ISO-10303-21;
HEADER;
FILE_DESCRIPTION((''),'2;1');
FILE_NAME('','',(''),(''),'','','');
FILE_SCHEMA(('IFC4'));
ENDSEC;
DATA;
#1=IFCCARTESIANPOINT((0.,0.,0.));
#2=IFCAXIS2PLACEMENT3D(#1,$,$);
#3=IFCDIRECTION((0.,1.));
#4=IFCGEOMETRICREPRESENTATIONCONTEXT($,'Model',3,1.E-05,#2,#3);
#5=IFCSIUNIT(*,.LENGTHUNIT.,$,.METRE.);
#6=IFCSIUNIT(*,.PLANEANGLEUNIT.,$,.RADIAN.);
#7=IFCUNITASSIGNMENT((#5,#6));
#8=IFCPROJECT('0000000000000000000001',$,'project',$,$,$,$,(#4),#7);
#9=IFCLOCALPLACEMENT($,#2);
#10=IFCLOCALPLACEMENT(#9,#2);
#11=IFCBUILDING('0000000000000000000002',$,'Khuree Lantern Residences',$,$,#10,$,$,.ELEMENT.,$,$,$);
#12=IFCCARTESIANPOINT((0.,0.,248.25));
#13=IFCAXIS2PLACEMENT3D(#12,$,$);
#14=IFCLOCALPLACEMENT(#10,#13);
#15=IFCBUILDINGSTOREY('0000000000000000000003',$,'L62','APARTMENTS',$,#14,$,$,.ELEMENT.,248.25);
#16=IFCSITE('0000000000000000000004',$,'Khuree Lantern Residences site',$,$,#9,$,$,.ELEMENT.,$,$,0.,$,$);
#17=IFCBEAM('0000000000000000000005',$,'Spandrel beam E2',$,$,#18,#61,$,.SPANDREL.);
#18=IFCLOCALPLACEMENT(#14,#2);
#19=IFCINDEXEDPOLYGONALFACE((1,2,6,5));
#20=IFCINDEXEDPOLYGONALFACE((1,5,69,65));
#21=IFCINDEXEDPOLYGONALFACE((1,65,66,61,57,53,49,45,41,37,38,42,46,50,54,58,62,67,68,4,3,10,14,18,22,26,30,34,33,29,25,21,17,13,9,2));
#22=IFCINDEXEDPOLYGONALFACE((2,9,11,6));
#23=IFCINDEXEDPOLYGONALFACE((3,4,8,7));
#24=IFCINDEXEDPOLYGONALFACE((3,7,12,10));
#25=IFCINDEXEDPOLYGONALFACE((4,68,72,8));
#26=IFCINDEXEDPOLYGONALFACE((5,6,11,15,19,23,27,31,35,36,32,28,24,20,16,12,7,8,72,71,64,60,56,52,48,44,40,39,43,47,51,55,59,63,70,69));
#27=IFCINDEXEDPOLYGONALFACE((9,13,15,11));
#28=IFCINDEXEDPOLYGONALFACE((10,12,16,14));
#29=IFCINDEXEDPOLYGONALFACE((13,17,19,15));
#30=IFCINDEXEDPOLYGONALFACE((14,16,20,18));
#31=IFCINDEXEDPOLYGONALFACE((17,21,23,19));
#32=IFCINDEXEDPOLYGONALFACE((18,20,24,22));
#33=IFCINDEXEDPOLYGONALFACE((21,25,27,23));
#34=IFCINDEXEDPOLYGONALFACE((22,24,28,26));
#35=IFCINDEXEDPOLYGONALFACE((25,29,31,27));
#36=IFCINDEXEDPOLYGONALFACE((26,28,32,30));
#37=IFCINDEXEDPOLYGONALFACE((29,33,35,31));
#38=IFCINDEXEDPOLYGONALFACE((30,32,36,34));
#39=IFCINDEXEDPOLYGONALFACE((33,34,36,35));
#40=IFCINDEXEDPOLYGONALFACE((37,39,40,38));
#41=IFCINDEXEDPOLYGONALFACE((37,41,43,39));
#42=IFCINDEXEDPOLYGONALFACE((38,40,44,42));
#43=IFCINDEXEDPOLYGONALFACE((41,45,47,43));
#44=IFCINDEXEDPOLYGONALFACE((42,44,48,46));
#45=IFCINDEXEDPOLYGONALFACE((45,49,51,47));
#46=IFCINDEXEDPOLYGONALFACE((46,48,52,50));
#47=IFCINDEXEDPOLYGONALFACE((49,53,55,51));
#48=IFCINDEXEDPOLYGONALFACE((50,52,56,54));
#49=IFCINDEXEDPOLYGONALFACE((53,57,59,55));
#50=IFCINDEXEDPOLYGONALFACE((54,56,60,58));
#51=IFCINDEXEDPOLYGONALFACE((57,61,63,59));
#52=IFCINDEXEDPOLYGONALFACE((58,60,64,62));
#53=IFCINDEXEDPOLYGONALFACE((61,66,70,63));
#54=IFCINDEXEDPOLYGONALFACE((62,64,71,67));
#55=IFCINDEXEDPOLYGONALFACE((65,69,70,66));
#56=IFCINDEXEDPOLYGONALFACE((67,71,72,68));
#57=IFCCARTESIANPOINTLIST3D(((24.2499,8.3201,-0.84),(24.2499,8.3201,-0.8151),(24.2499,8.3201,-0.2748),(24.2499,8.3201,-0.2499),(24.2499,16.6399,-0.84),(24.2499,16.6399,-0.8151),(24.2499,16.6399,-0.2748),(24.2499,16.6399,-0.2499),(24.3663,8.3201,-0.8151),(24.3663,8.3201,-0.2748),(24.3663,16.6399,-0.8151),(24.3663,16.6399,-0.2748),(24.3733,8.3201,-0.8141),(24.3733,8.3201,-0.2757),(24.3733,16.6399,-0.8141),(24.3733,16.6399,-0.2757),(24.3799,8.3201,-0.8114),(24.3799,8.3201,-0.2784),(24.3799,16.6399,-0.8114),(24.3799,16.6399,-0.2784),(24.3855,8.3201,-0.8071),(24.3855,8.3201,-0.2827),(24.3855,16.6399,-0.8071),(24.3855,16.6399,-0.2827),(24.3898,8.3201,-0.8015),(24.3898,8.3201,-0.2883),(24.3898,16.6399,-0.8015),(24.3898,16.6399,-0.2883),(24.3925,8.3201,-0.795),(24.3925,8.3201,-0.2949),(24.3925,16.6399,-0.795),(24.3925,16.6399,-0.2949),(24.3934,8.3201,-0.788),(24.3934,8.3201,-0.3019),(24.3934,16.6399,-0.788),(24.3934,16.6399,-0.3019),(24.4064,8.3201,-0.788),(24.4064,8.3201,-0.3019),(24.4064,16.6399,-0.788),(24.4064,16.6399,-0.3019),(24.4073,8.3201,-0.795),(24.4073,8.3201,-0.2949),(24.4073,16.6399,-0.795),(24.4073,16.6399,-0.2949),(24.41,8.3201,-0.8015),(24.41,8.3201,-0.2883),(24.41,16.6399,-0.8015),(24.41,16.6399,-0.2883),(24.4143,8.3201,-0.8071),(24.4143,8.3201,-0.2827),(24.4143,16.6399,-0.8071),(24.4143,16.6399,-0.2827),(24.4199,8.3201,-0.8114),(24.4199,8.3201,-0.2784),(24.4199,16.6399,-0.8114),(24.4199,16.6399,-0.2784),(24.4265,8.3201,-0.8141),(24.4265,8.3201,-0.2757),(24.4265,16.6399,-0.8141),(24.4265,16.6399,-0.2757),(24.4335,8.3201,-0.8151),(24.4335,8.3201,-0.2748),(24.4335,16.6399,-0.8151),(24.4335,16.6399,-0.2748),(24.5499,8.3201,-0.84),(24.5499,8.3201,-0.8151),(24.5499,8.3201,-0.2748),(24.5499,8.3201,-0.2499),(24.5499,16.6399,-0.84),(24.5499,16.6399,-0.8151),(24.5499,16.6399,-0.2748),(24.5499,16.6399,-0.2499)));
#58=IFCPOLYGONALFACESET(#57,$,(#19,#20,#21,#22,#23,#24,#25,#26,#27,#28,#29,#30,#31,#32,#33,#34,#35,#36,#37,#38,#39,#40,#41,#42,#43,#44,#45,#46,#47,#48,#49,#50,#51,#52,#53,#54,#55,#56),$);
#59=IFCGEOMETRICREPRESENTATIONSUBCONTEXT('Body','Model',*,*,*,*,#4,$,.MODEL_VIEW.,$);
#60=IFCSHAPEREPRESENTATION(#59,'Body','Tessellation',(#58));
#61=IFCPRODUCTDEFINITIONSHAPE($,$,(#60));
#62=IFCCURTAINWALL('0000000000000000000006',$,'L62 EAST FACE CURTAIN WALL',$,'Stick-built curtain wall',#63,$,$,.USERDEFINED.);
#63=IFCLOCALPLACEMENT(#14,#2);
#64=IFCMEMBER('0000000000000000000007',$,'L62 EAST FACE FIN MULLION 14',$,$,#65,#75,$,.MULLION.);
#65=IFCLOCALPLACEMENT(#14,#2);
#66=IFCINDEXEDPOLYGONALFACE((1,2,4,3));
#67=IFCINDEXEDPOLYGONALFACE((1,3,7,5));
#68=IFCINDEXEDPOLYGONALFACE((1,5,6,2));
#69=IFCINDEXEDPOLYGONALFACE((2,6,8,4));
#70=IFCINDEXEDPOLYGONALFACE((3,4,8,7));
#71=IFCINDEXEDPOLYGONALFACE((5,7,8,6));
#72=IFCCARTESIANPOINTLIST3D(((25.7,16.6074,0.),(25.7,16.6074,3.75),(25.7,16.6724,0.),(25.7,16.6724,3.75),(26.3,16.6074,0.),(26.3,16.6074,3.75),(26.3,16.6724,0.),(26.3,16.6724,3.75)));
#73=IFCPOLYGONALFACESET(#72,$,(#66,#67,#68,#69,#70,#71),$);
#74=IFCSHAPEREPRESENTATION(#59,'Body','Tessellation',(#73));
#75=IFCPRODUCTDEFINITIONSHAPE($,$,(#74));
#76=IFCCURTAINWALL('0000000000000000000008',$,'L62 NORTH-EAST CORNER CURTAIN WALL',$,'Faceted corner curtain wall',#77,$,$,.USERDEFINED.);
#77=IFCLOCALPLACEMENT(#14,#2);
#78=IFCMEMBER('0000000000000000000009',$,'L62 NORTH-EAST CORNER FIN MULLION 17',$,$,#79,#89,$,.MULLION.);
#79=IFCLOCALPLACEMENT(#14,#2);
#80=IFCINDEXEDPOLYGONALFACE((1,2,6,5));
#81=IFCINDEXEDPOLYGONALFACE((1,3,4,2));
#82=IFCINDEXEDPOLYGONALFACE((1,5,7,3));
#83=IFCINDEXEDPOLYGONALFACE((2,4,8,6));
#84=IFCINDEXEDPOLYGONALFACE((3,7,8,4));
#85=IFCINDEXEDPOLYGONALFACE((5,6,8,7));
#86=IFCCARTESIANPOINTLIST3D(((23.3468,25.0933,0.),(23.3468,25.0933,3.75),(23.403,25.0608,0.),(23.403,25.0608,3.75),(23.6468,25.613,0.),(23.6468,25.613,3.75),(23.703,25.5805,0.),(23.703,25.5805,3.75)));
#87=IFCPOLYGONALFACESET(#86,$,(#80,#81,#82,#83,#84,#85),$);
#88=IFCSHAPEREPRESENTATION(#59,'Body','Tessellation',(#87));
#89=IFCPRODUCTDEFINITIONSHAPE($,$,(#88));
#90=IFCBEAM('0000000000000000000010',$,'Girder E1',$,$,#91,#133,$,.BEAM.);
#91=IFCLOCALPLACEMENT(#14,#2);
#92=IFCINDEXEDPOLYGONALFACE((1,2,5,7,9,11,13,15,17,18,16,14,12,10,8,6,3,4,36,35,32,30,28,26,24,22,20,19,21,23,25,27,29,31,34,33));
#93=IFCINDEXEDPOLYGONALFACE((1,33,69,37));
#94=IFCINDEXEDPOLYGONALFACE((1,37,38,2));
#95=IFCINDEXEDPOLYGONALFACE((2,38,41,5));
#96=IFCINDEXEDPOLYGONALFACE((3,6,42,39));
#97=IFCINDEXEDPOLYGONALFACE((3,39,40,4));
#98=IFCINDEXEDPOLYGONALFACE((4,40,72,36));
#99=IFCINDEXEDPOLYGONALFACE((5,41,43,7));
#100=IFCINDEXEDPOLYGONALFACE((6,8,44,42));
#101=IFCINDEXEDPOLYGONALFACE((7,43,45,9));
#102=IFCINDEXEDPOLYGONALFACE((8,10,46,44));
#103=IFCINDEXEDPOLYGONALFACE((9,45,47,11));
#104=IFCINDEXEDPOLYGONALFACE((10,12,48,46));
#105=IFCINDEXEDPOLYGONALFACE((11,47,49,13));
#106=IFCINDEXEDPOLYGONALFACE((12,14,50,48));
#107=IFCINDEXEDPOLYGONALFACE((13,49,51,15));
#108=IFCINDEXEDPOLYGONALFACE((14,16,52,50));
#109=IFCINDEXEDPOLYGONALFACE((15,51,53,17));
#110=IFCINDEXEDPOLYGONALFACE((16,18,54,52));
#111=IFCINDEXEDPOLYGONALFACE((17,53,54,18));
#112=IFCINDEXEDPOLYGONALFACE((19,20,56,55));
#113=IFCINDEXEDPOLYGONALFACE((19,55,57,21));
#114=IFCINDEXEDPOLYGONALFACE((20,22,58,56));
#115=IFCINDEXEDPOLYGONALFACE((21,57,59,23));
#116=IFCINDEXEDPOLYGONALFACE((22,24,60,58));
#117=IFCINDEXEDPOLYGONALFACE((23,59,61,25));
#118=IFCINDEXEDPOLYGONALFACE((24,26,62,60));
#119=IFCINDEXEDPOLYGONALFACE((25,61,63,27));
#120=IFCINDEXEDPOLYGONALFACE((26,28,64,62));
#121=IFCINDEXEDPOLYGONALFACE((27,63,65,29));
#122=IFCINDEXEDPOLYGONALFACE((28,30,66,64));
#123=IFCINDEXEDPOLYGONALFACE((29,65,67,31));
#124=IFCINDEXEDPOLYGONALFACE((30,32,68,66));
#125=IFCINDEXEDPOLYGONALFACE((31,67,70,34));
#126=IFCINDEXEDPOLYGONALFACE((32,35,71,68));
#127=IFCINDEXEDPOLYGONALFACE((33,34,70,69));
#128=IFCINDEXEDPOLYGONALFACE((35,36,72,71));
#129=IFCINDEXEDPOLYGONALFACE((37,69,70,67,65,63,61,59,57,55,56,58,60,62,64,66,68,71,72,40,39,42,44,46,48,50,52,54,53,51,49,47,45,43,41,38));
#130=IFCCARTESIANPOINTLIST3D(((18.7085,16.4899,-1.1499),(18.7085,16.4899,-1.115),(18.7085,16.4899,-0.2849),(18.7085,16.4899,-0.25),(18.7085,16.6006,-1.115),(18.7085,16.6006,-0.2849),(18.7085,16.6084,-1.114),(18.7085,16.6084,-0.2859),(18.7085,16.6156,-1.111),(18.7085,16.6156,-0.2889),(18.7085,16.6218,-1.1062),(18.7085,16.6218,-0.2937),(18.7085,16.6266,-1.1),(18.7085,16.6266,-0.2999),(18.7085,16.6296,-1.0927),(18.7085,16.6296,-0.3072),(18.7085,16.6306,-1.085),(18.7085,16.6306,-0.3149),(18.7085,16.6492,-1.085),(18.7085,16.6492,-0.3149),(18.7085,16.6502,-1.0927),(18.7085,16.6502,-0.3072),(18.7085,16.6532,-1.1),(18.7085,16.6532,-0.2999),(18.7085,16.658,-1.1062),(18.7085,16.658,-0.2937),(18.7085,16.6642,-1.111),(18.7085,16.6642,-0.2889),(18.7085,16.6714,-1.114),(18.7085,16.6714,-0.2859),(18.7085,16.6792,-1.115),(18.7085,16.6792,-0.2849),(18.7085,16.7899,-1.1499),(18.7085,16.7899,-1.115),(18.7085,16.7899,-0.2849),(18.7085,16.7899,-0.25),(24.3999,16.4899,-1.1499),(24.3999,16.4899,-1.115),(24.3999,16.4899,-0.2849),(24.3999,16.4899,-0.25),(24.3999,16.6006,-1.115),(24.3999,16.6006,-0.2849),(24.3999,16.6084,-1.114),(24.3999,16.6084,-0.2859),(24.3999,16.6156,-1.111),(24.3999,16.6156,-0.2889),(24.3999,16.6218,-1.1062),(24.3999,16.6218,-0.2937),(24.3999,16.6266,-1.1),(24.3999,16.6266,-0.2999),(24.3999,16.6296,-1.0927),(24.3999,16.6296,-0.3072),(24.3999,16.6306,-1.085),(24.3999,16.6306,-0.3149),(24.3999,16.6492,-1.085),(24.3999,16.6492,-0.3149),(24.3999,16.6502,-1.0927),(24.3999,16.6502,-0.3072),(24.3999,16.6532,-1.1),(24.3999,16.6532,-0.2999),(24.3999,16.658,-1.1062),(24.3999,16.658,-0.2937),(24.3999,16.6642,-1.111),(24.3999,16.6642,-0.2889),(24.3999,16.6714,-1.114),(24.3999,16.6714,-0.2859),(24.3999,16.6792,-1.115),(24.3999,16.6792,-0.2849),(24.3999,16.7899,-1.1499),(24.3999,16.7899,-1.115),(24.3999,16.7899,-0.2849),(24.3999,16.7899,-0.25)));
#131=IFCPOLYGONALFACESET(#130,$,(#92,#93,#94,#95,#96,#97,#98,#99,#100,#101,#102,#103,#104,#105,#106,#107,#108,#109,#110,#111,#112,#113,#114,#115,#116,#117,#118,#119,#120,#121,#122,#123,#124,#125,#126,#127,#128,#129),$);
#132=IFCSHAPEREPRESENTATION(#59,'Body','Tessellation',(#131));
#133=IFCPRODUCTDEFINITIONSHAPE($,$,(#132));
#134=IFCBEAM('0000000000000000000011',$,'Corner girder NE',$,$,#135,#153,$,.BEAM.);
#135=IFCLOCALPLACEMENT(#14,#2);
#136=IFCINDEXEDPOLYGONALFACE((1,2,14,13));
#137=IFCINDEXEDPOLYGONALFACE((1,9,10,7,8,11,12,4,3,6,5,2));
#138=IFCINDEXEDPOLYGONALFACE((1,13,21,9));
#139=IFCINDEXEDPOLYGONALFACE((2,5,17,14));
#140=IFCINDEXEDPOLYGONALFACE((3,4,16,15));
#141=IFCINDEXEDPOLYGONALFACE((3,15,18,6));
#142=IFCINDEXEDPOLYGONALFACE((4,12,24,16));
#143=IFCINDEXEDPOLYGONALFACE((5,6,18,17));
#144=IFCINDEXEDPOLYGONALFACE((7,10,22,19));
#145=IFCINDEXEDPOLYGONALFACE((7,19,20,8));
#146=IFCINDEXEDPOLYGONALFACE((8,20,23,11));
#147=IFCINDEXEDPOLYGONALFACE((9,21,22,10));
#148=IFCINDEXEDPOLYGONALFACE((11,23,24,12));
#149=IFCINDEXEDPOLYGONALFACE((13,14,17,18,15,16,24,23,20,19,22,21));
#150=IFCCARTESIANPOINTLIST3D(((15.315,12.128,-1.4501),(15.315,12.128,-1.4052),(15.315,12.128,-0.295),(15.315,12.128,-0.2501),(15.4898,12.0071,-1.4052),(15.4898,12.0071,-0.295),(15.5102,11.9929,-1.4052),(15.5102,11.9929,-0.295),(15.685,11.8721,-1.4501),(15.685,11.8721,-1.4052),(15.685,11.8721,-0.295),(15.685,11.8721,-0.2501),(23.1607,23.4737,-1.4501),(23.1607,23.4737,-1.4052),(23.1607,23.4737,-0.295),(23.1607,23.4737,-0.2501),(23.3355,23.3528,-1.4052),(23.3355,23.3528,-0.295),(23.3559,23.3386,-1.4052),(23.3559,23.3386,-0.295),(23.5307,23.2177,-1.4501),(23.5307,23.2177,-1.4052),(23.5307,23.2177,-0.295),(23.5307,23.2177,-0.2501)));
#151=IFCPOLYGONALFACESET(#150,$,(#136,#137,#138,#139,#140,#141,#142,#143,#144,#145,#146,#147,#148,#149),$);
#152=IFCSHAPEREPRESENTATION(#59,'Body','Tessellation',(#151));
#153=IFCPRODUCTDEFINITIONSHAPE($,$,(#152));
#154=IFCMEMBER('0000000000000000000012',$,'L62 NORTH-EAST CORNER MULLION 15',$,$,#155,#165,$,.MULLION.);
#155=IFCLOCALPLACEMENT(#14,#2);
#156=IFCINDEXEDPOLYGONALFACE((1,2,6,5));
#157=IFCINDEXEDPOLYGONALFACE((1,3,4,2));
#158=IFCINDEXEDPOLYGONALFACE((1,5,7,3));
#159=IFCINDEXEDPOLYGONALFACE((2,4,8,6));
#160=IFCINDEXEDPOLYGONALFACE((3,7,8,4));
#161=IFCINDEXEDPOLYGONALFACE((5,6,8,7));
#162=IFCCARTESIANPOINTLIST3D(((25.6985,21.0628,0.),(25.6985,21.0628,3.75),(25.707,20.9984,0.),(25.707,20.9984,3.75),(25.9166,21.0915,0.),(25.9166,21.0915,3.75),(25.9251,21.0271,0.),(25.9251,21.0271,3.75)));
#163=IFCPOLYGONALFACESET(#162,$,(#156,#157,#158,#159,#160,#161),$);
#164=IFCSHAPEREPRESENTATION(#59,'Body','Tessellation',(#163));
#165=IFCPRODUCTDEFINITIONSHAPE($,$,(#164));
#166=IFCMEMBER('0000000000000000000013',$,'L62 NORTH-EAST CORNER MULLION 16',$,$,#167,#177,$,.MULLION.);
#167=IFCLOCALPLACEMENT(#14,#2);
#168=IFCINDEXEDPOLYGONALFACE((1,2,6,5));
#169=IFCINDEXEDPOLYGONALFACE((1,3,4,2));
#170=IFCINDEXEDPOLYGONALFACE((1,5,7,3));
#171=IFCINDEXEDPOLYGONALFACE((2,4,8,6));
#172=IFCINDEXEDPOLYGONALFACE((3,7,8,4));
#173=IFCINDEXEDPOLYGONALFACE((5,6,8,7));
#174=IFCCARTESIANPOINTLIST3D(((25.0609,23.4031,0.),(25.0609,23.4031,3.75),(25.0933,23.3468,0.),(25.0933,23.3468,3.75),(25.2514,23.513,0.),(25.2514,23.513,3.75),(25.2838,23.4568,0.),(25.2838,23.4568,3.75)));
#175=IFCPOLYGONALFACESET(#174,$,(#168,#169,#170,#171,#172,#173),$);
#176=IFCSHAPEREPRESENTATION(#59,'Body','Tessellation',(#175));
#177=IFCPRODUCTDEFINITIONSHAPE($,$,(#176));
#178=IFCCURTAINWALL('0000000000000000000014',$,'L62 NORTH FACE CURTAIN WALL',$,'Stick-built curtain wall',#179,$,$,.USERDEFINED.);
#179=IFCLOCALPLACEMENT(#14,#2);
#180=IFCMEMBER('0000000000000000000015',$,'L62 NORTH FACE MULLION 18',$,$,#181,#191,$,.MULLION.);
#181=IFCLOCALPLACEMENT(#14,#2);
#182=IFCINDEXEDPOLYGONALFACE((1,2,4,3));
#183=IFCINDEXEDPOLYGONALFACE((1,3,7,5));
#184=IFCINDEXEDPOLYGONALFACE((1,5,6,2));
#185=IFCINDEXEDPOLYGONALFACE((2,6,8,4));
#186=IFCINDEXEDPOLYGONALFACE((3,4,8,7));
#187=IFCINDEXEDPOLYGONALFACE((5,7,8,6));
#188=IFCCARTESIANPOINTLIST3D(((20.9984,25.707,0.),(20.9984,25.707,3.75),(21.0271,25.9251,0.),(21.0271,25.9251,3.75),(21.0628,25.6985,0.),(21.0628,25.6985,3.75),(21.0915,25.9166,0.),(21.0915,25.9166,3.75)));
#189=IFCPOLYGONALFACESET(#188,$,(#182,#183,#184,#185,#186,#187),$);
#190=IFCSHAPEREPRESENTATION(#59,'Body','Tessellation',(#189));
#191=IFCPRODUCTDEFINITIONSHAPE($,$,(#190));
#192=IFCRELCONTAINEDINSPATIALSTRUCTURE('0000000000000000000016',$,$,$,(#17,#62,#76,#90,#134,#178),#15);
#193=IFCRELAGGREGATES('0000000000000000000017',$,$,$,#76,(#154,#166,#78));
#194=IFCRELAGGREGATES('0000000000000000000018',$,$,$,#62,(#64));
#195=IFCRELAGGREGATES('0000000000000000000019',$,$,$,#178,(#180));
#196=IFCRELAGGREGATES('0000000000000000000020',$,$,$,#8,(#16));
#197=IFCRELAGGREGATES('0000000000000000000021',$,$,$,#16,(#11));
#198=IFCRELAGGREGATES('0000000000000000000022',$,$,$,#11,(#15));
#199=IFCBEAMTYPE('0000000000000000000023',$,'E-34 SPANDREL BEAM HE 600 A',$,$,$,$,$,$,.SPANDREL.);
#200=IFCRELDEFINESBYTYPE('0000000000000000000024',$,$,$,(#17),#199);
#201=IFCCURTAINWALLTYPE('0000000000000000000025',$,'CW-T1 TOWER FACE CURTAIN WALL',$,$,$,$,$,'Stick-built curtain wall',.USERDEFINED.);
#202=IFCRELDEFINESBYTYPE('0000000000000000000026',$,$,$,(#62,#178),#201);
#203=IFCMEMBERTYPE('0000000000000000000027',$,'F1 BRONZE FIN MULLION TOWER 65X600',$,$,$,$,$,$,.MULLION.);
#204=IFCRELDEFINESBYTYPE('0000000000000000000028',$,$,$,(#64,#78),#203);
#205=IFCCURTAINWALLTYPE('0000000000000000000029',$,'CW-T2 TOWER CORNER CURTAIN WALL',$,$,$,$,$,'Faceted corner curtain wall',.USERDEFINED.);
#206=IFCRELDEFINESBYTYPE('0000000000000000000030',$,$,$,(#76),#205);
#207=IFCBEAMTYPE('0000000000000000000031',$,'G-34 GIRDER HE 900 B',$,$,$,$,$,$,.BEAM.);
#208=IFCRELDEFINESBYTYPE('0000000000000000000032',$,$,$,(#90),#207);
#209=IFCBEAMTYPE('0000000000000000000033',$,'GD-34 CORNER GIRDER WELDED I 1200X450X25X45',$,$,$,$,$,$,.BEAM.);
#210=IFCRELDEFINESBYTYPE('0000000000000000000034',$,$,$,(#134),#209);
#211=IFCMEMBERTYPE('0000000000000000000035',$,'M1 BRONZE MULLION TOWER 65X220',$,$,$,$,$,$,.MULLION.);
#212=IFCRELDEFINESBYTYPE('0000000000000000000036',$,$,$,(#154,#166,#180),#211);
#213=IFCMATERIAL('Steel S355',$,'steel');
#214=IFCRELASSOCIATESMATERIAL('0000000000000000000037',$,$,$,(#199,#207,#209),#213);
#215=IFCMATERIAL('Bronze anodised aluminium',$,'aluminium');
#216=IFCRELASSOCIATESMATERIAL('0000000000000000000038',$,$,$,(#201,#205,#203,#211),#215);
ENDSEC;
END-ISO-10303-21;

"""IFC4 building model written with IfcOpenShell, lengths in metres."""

from ifc_helpers import new_model, si_unit, direction, frame, origin, origin_2d, place, context, subcontext, project, spatial, rectangle, i_section, extrude, material, material_profile, profile_set, type_object, element, aggregate, save


model = new_model("IFC4")

# Units and contexts
model_context = context("Model", 3, precision=1e-05, world=origin(), true_north=direction((0.0, 1.0)))
body_context = subcontext(model_context, "Body", "Model", "MODEL_VIEW")
ifc_project = project(units=[si_unit("LENGTHUNIT", "METRE"), si_unit("PLANEANGLEUNIT", "RADIAN")], contexts=[model_context])

# Site, building, storey
site_placement = place(None, origin())
site = spatial("IfcSite", under=ifc_project, at=site_placement, Name="Khuree Lantern Residences site", CompositionType="ELEMENT", RefElevation=0.0)
building_placement = place(site_placement, origin())
building = spatial("IfcBuilding", under=site, at=building_placement, Name="Khuree Lantern Residences", CompositionType="ELEMENT")
storey_placement = place(building_placement, frame((0.0, 0.0, 248.25)))
storey = spatial("IfcBuildingStorey", under=building, at=storey_placement, Name="L62", Description="APARTMENTS", CompositionType="ELEMENT", Elevation=248.25)

# Beam
ifc_material_1 = material(Name="Steel S355", Category="steel")
ifc_material_profile_1 = material_profile(ifc_material_1, i_section(OverallWidth=0.3, OverallDepth=0.5901, WebThickness=0.0129, FlangeThickness=0.0249, FilletRadius=0.0271, at=origin_2d()), Name="HE 600 A")
ifc_profile_set_1 = profile_set([ifc_material_profile_1], Name="Steel S355")
beam_type_1 = type_object("IfcBeamType", Name="E-34 SPANDREL BEAM HE 600 A", PredefinedType="SPANDREL", material=ifc_profile_set_1)
beam_1_placement = place(storey_placement, frame((24.3999, 16.6399, -0.5449), z_axis=(0.0, -1.0, 0.0), x_axis=(1.0, 0.0, 0.0)))
element("IfcBeam", 1, at=beam_1_placement, inside=storey, type_object=beam_type_1, Name="Spandrel beam E2", PredefinedType="SPANDREL", context=body_context, shape_type="SweptSolid", body=[
    extrude(i_section(OverallWidth=0.3, OverallDepth=0.5901, WebThickness=0.0129, FlangeThickness=0.0249, FilletRadius=0.0271, at=origin_2d()), origin(), (0.0, 0.0, 1.0), 8.3198),
])

# Curtain walls, members
ifc_material_2 = material(Name="Bronze anodised aluminium", Category="aluminium")
curtain_wall_type_1 = type_object("IfcCurtainWallType", Name="CW-T1 TOWER FACE CURTAIN WALL", ElementType="Stick-built curtain wall", PredefinedType="USERDEFINED", material=ifc_material_2)
curtain_wall_1_placement = place(storey_placement, origin())
curtain_wall_1 = element("IfcCurtainWall", 2, at=curtain_wall_1_placement, inside=storey, type_object=curtain_wall_type_1, Name="L62 EAST FACE CURTAIN WALL", ObjectType="Stick-built curtain wall", PredefinedType="USERDEFINED")
ifc_material_profile_2 = material_profile(ifc_material_2, rectangle(XDim=0.0649, YDim=0.6001, at=origin_2d()), Name="F1 65X600")
ifc_profile_set_2 = profile_set([ifc_material_profile_2], Name="Bronze anodised aluminium")
member_type_1 = type_object("IfcMemberType", Name="F1 BRONZE FIN MULLION TOWER 65X600", PredefinedType="MULLION", material=ifc_profile_set_2)
member_1_placement = place(storey_placement, frame((26.0, 16.6399, 0.0), z_axis=(0.0, 0.0, 1.0), x_axis=(0.0, 1.0, 0.0)))
member_1 = element("IfcMember", 3, at=member_1_placement, type_object=member_type_1, Name="L62 EAST FACE FIN MULLION 14", PredefinedType="MULLION", context=body_context, shape_type="SweptSolid", body=[
    extrude(rectangle(XDim=0.0649, YDim=0.6001, at=origin_2d()), origin(), (0.0, 0.0, 1.0), 3.75),
])
curtain_wall_type_2 = type_object("IfcCurtainWallType", Name="CW-T2 TOWER CORNER CURTAIN WALL", ElementType="Faceted corner curtain wall", PredefinedType="USERDEFINED", material=ifc_material_2)
curtain_wall_2_placement = place(storey_placement, origin())
curtain_wall_2 = element("IfcCurtainWall", 4, at=curtain_wall_2_placement, inside=storey, type_object=curtain_wall_type_2, Name="L62 NORTH-EAST CORNER CURTAIN WALL", ObjectType="Faceted corner curtain wall", PredefinedType="USERDEFINED")
member_2_placement = place(storey_placement, frame((23.5249, 25.3369, 0.0), z_axis=(0.0, 0.0, 1.0), x_axis=(-0.866025, 0.5, 0.0)))
member_2 = element("IfcMember", 5, at=member_2_placement, type_object=member_type_1, Name="L62 NORTH-EAST CORNER FIN MULLION 17", PredefinedType="MULLION", context=body_context, shape_type="SweptSolid", body=[
    extrude(rectangle(XDim=0.0649, YDim=0.6001, at=origin_2d()), origin(), (0.0, 0.0, 1.0), 3.75),
])

# Beams
ifc_material_profile_3 = material_profile(ifc_material_1, i_section(OverallWidth=0.3, OverallDepth=0.8999, WebThickness=0.0186, FlangeThickness=0.0349, FilletRadius=0.03, at=origin_2d()), Name="HE 900 B")
ifc_profile_set_3 = profile_set([ifc_material_profile_3], Name="Steel S355")
beam_type_2 = type_object("IfcBeamType", Name="G-34 GIRDER HE 900 B", PredefinedType="BEAM", material=ifc_profile_set_3)
beam_2_placement = place(storey_placement, frame((24.3999, 16.6399, -0.7), z_axis=(-1.0, 0.0, 0.0), x_axis=(0.0, -1.0, 0.0)))
element("IfcBeam", 6, at=beam_2_placement, inside=storey, type_object=beam_type_2, Name="Girder E1", PredefinedType="BEAM", context=body_context, shape_type="SweptSolid", body=[
    extrude(i_section(OverallWidth=0.3, OverallDepth=0.8999, WebThickness=0.0186, FlangeThickness=0.0349, FilletRadius=0.03, at=origin_2d()), origin(), (0.0, 0.0, 1.0), 5.6914),
])
ifc_material_profile_4 = material_profile(ifc_material_1, i_section(OverallWidth=0.45, OverallDepth=1.2, WebThickness=0.0249, FlangeThickness=0.0449, at=origin_2d()), Name="WELDED I 1200X450X25X45")
ifc_profile_set_4 = profile_set([ifc_material_profile_4], Name="Steel S355")
beam_type_3 = type_object("IfcBeamType", Name="GD-34 CORNER GIRDER WELDED I 1200X450X25X45", PredefinedType="BEAM", material=ifc_profile_set_4)
beam_3_placement = place(storey_placement, frame((23.3457, 23.3457, -0.8501), z_axis=(-0.568768, -0.822498, 0.0), x_axis=(0.822498, -0.568768, 0.0)))
element("IfcBeam", 7, at=beam_3_placement, inside=storey, type_object=beam_type_3, Name="Corner girder NE", PredefinedType="BEAM", context=body_context, shape_type="SweptSolid", body=[
    extrude(i_section(OverallWidth=0.45, OverallDepth=1.2, WebThickness=0.0249, FlangeThickness=0.0449, at=origin_2d()), origin(), (0.0, 0.0, 1.0), 13.7942),
])

# Members
ifc_material_profile_5 = material_profile(ifc_material_2, rectangle(XDim=0.0649, YDim=0.22, at=origin_2d()), Name="M1 65X220")
ifc_profile_set_5 = profile_set([ifc_material_profile_5], Name="Bronze anodised aluminium")
member_type_2 = type_object("IfcMemberType", Name="M1 BRONZE MULLION TOWER 65X220", PredefinedType="MULLION", material=ifc_profile_set_5)
member_3_placement = place(storey_placement, frame((25.8118, 21.0449, 0.0), z_axis=(0.0, 0.0, 1.0), x_axis=(-0.130526, 0.991445, 0.0)))
member_3 = element("IfcMember", 8, at=member_3_placement, type_object=member_type_2, Name="L62 NORTH-EAST CORNER MULLION 15", PredefinedType="MULLION", context=body_context, shape_type="SweptSolid", body=[
    extrude(rectangle(XDim=0.0649, YDim=0.22, at=origin_2d()), origin(), (0.0, 0.0, 1.0), 3.75),
])
member_4_placement = place(storey_placement, frame((25.1724, 23.4299, 0.0), z_axis=(0.0, 0.0, 1.0), x_axis=(-0.5, 0.866025, 0.0)))
member_4 = element("IfcMember", 9, at=member_4_placement, type_object=member_type_2, Name="L62 NORTH-EAST CORNER MULLION 16", PredefinedType="MULLION", context=body_context, shape_type="SweptSolid", body=[
    extrude(rectangle(XDim=0.0649, YDim=0.22, at=origin_2d()), origin(), (0.0, 0.0, 1.0), 3.75),
])

# Curtain wall, member
curtain_wall_3_placement = place(storey_placement, origin())
curtain_wall_3 = element("IfcCurtainWall", 10, at=curtain_wall_3_placement, inside=storey, type_object=curtain_wall_type_1, Name="L62 NORTH FACE CURTAIN WALL", ObjectType="Stick-built curtain wall", PredefinedType="USERDEFINED")
member_5_placement = place(storey_placement, frame((21.0449, 25.8118, 0.0), z_axis=(0.0, 0.0, 1.0), x_axis=(-0.991445, 0.130526, 0.0)))
member_5 = element("IfcMember", 11, at=member_5_placement, type_object=member_type_2, Name="L62 NORTH FACE MULLION 18", PredefinedType="MULLION", context=body_context, shape_type="SweptSolid", body=[
    extrude(rectangle(XDim=0.0649, YDim=0.22, at=origin_2d()), origin(), (0.0, 0.0, 1.0), 3.75),
])

aggregate(curtain_wall_2, [member_3, member_4, member_2])
aggregate(curtain_wall_1, [member_1])
aggregate(curtain_wall_3, [member_5])

save(model, "model.ifc")
